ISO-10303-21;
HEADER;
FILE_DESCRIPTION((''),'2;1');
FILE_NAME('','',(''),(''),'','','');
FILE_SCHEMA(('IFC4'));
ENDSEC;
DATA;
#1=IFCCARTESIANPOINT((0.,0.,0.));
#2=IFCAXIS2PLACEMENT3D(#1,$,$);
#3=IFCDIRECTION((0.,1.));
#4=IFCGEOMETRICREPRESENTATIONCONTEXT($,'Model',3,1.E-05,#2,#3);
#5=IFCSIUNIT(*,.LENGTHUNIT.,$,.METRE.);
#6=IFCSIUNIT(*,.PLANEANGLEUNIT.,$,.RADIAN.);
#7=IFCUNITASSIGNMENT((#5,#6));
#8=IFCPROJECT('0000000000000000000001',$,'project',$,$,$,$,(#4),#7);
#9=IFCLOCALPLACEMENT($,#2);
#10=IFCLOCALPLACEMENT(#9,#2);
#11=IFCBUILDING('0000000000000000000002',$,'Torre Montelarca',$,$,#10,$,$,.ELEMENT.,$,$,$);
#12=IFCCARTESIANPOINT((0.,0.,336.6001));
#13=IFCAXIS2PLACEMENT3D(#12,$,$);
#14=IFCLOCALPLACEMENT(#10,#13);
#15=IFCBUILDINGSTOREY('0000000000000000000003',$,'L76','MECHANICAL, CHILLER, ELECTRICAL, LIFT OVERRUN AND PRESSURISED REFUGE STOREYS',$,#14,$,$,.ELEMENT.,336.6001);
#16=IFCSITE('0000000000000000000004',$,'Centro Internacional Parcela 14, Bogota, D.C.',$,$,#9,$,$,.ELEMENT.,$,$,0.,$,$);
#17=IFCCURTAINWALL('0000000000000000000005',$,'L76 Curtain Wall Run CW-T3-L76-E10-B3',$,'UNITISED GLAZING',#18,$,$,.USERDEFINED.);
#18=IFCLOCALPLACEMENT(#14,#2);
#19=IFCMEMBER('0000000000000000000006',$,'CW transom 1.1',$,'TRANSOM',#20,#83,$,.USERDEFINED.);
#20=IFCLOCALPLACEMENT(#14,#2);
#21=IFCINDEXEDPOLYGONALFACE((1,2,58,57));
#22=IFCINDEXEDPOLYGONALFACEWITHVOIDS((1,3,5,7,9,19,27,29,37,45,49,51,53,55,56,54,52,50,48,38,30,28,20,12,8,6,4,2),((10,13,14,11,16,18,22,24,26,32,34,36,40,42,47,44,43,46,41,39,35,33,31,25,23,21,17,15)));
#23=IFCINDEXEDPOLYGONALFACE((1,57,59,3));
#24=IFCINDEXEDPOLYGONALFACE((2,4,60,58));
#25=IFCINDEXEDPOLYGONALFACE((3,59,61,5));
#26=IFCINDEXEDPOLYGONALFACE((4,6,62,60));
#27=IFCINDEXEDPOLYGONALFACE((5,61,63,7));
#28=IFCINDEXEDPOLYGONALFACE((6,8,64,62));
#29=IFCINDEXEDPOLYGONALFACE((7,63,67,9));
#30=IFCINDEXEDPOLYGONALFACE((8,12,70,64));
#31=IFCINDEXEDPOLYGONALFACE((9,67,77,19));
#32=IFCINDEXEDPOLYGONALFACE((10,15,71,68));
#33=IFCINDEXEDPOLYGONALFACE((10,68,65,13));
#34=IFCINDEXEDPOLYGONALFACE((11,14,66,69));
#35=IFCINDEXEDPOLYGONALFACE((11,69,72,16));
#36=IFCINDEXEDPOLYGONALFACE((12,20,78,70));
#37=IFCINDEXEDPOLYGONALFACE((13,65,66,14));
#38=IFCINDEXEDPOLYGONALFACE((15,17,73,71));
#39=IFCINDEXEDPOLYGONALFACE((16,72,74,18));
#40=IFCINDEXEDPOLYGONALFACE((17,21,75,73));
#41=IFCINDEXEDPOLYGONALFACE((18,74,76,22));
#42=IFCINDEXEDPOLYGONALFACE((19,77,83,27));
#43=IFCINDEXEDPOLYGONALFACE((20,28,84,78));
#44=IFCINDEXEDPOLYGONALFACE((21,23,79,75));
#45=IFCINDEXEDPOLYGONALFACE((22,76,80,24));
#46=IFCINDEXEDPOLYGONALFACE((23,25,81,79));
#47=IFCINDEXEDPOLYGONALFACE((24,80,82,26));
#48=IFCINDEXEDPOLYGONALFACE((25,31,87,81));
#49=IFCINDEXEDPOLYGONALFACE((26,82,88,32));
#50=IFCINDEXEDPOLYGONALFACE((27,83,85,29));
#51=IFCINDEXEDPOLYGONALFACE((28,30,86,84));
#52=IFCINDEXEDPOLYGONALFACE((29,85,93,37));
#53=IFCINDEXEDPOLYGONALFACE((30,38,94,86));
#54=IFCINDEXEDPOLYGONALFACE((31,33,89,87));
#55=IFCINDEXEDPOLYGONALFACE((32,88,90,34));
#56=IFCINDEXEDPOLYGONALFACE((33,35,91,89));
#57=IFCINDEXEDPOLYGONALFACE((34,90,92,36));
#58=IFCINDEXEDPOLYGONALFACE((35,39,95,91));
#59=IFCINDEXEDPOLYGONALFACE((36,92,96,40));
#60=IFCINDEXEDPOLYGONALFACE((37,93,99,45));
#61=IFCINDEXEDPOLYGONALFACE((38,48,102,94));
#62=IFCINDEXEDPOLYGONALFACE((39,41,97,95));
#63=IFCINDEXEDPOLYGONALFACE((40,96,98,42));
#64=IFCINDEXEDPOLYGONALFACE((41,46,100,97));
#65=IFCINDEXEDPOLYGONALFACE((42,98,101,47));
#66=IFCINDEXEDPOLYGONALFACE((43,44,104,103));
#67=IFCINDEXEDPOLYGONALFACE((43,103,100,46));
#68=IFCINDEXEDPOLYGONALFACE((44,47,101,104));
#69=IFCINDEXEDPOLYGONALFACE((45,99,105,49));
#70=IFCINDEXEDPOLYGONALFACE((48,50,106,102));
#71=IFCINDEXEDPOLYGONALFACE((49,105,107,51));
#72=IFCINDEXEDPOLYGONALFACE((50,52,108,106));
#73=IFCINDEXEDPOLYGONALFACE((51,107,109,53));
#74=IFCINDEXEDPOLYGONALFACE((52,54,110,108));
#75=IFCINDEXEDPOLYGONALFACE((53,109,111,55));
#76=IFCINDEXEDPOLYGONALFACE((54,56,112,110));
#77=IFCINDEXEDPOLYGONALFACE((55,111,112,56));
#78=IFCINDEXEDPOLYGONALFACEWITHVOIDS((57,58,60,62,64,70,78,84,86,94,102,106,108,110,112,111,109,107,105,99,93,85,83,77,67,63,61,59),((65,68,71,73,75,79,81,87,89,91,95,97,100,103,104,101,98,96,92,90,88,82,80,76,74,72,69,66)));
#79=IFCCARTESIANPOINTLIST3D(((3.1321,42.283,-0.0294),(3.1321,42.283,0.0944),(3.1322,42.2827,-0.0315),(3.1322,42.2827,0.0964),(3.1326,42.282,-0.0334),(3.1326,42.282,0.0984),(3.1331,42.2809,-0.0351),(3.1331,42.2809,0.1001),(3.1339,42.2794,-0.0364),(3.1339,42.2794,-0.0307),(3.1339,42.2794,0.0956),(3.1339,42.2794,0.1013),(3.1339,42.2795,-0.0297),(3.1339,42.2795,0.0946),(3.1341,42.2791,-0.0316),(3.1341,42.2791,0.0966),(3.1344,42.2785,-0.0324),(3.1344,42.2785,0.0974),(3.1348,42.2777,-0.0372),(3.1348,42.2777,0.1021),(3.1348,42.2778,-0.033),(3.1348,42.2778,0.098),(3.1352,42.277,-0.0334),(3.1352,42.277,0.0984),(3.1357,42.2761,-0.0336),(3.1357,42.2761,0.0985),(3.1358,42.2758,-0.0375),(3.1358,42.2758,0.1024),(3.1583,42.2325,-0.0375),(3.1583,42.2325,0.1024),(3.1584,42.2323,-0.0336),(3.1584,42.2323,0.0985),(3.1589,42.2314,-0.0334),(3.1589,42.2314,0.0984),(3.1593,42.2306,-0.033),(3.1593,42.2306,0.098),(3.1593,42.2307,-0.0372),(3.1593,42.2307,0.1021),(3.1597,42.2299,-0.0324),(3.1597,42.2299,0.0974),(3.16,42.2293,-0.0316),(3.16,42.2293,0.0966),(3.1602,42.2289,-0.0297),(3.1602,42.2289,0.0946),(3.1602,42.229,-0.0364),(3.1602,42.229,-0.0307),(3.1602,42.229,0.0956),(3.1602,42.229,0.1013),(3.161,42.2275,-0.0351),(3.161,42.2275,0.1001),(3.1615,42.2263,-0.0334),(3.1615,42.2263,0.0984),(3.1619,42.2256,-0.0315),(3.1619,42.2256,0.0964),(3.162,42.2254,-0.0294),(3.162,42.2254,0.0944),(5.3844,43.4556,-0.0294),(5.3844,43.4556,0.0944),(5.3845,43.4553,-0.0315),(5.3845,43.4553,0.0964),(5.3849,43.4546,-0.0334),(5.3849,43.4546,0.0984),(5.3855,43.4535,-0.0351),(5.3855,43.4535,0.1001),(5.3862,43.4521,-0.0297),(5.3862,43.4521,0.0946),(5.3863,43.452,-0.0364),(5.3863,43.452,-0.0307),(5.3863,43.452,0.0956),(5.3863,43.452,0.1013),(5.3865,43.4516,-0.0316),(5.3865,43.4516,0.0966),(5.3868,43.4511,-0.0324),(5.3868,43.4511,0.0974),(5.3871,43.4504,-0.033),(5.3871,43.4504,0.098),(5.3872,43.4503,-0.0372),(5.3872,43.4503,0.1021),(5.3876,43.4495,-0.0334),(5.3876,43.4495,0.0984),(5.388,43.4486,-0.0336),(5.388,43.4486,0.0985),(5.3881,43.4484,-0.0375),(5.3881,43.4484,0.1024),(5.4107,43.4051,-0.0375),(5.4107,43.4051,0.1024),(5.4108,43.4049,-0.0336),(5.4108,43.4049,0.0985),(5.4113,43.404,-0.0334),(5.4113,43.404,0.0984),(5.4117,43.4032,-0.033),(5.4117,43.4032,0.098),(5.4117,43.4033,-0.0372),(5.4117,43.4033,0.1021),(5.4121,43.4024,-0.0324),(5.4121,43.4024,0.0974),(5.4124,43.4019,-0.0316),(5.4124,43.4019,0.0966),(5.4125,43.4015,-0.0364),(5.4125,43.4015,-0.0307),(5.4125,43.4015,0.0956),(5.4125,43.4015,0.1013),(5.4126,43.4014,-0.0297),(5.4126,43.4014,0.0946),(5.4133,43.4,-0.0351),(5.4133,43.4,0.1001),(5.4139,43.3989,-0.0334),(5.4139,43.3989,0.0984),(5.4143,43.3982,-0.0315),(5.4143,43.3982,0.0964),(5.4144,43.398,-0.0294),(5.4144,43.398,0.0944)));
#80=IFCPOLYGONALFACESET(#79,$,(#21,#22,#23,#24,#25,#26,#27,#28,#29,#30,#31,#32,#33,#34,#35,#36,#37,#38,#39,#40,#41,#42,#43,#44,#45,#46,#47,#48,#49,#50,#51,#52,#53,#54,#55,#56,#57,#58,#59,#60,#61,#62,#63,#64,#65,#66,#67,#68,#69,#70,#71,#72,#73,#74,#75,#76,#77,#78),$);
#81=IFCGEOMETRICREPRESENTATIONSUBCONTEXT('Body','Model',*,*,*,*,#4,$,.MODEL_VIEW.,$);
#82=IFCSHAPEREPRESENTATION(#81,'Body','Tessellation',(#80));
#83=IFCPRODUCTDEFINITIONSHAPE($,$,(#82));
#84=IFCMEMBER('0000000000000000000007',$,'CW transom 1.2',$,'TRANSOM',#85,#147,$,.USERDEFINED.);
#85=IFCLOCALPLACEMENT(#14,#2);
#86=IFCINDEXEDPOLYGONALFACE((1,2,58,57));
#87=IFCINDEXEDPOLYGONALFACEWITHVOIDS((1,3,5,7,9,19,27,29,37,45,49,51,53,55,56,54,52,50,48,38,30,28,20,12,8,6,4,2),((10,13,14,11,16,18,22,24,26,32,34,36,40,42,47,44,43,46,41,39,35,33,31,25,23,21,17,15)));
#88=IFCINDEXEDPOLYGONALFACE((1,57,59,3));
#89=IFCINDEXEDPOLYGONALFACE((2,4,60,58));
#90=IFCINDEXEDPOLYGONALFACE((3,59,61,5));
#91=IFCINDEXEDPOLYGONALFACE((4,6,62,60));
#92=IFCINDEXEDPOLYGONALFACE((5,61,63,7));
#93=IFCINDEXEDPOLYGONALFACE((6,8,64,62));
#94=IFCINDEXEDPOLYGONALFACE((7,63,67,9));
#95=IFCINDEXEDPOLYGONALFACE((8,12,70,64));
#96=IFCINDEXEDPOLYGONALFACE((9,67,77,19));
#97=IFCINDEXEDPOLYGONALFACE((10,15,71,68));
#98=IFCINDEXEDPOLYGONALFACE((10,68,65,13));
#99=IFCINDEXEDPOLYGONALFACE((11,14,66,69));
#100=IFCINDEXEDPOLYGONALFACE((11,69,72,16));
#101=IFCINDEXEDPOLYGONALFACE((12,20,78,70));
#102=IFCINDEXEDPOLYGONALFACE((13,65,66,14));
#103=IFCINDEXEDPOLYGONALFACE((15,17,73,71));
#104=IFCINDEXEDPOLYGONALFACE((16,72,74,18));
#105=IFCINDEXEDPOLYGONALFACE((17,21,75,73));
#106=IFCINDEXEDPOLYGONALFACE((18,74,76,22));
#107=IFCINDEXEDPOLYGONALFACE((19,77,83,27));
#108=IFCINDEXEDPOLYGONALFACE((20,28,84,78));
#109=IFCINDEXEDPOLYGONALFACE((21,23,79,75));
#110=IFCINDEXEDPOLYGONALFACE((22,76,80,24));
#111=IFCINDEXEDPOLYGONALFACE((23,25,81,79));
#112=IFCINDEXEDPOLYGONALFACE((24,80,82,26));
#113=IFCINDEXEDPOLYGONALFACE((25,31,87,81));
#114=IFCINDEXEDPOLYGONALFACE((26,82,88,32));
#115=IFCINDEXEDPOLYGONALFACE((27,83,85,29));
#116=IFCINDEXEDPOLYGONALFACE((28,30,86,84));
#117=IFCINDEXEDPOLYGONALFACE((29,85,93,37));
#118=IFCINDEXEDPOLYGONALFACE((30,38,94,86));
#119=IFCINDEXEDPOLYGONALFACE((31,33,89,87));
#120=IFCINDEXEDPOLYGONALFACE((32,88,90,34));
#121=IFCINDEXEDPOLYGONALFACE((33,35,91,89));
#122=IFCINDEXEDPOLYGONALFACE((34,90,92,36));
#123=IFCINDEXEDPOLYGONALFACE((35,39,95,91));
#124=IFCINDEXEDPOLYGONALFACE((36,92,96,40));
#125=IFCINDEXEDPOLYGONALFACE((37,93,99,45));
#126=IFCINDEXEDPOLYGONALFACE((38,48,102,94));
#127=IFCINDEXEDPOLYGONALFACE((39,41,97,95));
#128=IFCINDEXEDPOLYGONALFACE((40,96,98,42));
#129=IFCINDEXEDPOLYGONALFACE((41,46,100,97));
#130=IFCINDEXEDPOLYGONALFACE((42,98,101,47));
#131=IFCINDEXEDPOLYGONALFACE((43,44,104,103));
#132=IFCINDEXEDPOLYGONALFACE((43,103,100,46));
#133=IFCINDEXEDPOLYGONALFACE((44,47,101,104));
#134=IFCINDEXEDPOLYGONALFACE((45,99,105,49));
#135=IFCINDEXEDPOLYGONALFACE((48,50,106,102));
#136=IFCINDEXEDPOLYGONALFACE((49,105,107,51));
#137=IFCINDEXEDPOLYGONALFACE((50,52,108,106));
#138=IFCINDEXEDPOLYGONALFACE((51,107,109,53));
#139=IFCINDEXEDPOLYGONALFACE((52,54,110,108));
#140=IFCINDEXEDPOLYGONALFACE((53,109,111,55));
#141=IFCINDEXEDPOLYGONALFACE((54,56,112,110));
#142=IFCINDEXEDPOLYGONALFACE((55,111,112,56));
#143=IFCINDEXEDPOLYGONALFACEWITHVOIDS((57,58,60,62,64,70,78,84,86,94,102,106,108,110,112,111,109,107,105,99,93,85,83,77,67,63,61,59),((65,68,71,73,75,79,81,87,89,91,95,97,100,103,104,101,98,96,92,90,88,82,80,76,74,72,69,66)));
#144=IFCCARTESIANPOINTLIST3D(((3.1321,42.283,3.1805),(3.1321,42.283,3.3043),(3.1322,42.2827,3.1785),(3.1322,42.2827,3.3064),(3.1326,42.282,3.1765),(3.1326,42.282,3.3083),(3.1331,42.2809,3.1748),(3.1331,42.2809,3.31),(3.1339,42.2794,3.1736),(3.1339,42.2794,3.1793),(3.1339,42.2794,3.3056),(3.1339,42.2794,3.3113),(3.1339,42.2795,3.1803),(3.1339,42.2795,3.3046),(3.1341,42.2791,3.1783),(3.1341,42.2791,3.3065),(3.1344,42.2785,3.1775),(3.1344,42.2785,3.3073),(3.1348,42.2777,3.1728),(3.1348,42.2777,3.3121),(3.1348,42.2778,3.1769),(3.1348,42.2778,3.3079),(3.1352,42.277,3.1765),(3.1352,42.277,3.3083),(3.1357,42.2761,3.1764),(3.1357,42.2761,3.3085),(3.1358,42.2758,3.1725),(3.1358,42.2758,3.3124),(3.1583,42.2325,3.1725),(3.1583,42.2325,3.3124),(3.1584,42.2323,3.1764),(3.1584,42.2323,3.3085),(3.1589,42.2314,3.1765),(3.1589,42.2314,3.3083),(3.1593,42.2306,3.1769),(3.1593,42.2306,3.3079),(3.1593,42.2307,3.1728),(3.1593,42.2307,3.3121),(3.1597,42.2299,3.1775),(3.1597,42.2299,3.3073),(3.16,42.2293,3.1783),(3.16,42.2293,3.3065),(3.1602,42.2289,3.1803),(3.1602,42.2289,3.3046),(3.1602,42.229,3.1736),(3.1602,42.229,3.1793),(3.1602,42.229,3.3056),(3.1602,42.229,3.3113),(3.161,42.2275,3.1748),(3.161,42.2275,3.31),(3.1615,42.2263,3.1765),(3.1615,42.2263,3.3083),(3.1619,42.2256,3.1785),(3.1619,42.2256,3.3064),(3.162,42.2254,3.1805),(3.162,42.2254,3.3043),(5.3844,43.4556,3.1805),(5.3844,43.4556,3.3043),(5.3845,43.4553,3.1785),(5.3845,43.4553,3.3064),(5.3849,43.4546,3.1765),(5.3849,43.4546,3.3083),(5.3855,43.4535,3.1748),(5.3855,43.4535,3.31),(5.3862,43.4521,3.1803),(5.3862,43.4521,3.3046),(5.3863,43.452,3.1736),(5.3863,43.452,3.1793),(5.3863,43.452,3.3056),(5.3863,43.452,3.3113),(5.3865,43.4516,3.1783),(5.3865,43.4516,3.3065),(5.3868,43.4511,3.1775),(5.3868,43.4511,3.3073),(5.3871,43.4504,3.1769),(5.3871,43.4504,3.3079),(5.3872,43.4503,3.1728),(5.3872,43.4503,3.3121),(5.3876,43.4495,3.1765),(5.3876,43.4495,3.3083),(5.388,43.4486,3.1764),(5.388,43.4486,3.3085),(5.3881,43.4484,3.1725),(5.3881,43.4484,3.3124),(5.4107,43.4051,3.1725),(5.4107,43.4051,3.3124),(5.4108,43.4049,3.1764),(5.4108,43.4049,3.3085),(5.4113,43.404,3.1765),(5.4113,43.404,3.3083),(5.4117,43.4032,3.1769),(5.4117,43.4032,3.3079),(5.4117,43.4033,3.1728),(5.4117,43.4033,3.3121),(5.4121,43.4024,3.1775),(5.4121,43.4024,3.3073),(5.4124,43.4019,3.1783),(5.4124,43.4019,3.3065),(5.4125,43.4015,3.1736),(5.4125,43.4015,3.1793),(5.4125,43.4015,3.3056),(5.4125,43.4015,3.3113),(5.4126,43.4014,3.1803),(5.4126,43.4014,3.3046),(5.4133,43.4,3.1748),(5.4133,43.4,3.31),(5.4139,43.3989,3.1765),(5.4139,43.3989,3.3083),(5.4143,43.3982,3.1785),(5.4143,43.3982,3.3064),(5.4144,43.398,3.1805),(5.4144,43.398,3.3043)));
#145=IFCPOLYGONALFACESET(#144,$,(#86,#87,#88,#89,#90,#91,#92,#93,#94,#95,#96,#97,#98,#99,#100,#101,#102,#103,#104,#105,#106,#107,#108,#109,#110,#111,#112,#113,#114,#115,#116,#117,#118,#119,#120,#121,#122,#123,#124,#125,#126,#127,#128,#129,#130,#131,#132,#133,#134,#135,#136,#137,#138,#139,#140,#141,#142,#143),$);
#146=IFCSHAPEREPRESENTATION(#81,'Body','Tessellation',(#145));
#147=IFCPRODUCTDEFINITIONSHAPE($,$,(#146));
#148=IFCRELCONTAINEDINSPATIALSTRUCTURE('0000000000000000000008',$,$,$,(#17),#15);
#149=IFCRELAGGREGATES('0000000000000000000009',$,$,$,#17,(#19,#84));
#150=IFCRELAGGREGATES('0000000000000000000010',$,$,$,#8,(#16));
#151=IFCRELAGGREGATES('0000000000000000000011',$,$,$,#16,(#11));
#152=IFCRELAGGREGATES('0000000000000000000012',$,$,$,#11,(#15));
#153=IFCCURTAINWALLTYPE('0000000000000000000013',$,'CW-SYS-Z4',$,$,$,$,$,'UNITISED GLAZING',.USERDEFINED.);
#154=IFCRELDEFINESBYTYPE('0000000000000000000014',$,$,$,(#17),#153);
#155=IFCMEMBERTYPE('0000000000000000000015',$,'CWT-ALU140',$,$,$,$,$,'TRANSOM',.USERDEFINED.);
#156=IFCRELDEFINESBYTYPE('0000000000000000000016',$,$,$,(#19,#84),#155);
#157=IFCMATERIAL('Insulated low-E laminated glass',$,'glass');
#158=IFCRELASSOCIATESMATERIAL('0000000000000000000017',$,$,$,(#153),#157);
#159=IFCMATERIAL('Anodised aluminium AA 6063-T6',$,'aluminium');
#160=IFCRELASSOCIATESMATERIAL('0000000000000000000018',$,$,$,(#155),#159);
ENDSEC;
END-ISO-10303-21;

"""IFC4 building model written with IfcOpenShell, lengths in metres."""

from ifc_helpers import new_model, si_unit, direction, frame, origin, origin_2d, place, context, subcontext, project, spatial, hollow_rectangle, extrude, source, transform, mapped, material, material_profile, profile_set, type_object, element, aggregate, save


model = new_model("IFC4")

# Units and contexts
model_context = context("Model", 3, precision=1e-05, world=origin(), true_north=direction((0.0, 1.0)))
body_context = subcontext(model_context, "Body", "Model", "MODEL_VIEW")
ifc_project = project(units=[si_unit("LENGTHUNIT", "METRE"), si_unit("PLANEANGLEUNIT", "RADIAN")], contexts=[model_context])

# Site, building, storey
site_placement = place(None, origin())
site = spatial("IfcSite", under=ifc_project, at=site_placement, Name="Centro Internacional Parcela 14, Bogota, D.C.", CompositionType="ELEMENT", RefElevation=0.0)
building_placement = place(site_placement, origin())
building = spatial("IfcBuilding", under=site, at=building_placement, Name="Torre Montelarca", CompositionType="ELEMENT")
storey_placement = place(building_placement, frame((0.0, 0.0, 336.6001)))
storey = spatial("IfcBuildingStorey", under=building, at=storey_placement, Name="L76", Description="MECHANICAL, CHILLER, ELECTRICAL, LIFT OVERRUN AND PRESSURISED REFUGE STOREYS", CompositionType="ELEMENT", Elevation=336.6001)

# Shared definitions
ifc_material_1 = material(Name="Insulated low-E laminated glass", Category="glass")
curtain_wall_type = type_object("IfcCurtainWallType", Name="CW-SYS-Z4", ElementType="UNITISED GLAZING", PredefinedType="USERDEFINED", material=ifc_material_1)
ifc_material_2 = material(Name="Anodised aluminium AA 6063-T6", Category="aluminium")

# Curtain wall, members
curtain_wall_1_placement = place(storey_placement, origin())
curtain_wall_1 = element("IfcCurtainWall", 1, at=curtain_wall_1_placement, inside=storey, type_object=curtain_wall_type, Name="L76 Curtain Wall Run CW-T3-L76-E10-B3", ObjectType="UNITISED GLAZING", PredefinedType="USERDEFINED")
ifc_material_profile_1 = material_profile(ifc_material_2, hollow_rectangle(XDim=0.0649, YDim=0.1399, WallThickness=0.0039, InnerFilletRadius=0.0039, OuterFilletRadius=0.0081, at=origin_2d()), Name="ALU65X140X4", Category="aluminium")
ifc_profile_set_1 = profile_set([ifc_material_profile_1], Name="Anodised aluminium AA 6063-T6")
member_type_1 = type_object("IfcMemberType", Name="CWT-ALU140", ElementType="TRANSOM", PredefinedType="USERDEFINED", material=ifc_profile_set_1)
shared_shape_1 = source(origin(), body_context, "Body", "SweptSolid", [
    extrude(hollow_rectangle(XDim=0.0649, YDim=0.1399, WallThickness=0.0039, InnerFilletRadius=0.0039, OuterFilletRadius=0.0081, at=origin_2d()), origin(), (0.0, 0.0, 1.0), 2.5393),
])
member_1_placement = place(storey_placement, frame((5.3994, 43.4268, 0.0325), z_axis=(-0.887001, -0.461767, 0.0), x_axis=(0.461767, -0.887001, 0.0)))
member_1 = element("IfcMember", 2, at=member_1_placement, type_object=member_type_1, Name="CW transom 1.1", ObjectType="TRANSOM", PredefinedType="USERDEFINED", context=body_context, shape_type="MappedRepresentation", body=[
    mapped(shared_shape_1, transform((0.0, 0.0, 0.0), scale=1.0)),
])
member_2_placement = place(storey_placement, frame((5.3994, 43.4268, 3.2424), z_axis=(-0.887001, -0.461767, 0.0), x_axis=(0.461767, -0.887001, 0.0)))
member_2 = element("IfcMember", 3, at=member_2_placement, type_object=member_type_1, Name="CW transom 1.2", ObjectType="TRANSOM", PredefinedType="USERDEFINED", context=body_context, shape_type="MappedRepresentation", body=[
    mapped(shared_shape_1, transform((0.0, 0.0, 0.0), scale=1.0)),
])

aggregate(curtain_wall_1, [member_1, member_2])

save(model, "model.ifc")
